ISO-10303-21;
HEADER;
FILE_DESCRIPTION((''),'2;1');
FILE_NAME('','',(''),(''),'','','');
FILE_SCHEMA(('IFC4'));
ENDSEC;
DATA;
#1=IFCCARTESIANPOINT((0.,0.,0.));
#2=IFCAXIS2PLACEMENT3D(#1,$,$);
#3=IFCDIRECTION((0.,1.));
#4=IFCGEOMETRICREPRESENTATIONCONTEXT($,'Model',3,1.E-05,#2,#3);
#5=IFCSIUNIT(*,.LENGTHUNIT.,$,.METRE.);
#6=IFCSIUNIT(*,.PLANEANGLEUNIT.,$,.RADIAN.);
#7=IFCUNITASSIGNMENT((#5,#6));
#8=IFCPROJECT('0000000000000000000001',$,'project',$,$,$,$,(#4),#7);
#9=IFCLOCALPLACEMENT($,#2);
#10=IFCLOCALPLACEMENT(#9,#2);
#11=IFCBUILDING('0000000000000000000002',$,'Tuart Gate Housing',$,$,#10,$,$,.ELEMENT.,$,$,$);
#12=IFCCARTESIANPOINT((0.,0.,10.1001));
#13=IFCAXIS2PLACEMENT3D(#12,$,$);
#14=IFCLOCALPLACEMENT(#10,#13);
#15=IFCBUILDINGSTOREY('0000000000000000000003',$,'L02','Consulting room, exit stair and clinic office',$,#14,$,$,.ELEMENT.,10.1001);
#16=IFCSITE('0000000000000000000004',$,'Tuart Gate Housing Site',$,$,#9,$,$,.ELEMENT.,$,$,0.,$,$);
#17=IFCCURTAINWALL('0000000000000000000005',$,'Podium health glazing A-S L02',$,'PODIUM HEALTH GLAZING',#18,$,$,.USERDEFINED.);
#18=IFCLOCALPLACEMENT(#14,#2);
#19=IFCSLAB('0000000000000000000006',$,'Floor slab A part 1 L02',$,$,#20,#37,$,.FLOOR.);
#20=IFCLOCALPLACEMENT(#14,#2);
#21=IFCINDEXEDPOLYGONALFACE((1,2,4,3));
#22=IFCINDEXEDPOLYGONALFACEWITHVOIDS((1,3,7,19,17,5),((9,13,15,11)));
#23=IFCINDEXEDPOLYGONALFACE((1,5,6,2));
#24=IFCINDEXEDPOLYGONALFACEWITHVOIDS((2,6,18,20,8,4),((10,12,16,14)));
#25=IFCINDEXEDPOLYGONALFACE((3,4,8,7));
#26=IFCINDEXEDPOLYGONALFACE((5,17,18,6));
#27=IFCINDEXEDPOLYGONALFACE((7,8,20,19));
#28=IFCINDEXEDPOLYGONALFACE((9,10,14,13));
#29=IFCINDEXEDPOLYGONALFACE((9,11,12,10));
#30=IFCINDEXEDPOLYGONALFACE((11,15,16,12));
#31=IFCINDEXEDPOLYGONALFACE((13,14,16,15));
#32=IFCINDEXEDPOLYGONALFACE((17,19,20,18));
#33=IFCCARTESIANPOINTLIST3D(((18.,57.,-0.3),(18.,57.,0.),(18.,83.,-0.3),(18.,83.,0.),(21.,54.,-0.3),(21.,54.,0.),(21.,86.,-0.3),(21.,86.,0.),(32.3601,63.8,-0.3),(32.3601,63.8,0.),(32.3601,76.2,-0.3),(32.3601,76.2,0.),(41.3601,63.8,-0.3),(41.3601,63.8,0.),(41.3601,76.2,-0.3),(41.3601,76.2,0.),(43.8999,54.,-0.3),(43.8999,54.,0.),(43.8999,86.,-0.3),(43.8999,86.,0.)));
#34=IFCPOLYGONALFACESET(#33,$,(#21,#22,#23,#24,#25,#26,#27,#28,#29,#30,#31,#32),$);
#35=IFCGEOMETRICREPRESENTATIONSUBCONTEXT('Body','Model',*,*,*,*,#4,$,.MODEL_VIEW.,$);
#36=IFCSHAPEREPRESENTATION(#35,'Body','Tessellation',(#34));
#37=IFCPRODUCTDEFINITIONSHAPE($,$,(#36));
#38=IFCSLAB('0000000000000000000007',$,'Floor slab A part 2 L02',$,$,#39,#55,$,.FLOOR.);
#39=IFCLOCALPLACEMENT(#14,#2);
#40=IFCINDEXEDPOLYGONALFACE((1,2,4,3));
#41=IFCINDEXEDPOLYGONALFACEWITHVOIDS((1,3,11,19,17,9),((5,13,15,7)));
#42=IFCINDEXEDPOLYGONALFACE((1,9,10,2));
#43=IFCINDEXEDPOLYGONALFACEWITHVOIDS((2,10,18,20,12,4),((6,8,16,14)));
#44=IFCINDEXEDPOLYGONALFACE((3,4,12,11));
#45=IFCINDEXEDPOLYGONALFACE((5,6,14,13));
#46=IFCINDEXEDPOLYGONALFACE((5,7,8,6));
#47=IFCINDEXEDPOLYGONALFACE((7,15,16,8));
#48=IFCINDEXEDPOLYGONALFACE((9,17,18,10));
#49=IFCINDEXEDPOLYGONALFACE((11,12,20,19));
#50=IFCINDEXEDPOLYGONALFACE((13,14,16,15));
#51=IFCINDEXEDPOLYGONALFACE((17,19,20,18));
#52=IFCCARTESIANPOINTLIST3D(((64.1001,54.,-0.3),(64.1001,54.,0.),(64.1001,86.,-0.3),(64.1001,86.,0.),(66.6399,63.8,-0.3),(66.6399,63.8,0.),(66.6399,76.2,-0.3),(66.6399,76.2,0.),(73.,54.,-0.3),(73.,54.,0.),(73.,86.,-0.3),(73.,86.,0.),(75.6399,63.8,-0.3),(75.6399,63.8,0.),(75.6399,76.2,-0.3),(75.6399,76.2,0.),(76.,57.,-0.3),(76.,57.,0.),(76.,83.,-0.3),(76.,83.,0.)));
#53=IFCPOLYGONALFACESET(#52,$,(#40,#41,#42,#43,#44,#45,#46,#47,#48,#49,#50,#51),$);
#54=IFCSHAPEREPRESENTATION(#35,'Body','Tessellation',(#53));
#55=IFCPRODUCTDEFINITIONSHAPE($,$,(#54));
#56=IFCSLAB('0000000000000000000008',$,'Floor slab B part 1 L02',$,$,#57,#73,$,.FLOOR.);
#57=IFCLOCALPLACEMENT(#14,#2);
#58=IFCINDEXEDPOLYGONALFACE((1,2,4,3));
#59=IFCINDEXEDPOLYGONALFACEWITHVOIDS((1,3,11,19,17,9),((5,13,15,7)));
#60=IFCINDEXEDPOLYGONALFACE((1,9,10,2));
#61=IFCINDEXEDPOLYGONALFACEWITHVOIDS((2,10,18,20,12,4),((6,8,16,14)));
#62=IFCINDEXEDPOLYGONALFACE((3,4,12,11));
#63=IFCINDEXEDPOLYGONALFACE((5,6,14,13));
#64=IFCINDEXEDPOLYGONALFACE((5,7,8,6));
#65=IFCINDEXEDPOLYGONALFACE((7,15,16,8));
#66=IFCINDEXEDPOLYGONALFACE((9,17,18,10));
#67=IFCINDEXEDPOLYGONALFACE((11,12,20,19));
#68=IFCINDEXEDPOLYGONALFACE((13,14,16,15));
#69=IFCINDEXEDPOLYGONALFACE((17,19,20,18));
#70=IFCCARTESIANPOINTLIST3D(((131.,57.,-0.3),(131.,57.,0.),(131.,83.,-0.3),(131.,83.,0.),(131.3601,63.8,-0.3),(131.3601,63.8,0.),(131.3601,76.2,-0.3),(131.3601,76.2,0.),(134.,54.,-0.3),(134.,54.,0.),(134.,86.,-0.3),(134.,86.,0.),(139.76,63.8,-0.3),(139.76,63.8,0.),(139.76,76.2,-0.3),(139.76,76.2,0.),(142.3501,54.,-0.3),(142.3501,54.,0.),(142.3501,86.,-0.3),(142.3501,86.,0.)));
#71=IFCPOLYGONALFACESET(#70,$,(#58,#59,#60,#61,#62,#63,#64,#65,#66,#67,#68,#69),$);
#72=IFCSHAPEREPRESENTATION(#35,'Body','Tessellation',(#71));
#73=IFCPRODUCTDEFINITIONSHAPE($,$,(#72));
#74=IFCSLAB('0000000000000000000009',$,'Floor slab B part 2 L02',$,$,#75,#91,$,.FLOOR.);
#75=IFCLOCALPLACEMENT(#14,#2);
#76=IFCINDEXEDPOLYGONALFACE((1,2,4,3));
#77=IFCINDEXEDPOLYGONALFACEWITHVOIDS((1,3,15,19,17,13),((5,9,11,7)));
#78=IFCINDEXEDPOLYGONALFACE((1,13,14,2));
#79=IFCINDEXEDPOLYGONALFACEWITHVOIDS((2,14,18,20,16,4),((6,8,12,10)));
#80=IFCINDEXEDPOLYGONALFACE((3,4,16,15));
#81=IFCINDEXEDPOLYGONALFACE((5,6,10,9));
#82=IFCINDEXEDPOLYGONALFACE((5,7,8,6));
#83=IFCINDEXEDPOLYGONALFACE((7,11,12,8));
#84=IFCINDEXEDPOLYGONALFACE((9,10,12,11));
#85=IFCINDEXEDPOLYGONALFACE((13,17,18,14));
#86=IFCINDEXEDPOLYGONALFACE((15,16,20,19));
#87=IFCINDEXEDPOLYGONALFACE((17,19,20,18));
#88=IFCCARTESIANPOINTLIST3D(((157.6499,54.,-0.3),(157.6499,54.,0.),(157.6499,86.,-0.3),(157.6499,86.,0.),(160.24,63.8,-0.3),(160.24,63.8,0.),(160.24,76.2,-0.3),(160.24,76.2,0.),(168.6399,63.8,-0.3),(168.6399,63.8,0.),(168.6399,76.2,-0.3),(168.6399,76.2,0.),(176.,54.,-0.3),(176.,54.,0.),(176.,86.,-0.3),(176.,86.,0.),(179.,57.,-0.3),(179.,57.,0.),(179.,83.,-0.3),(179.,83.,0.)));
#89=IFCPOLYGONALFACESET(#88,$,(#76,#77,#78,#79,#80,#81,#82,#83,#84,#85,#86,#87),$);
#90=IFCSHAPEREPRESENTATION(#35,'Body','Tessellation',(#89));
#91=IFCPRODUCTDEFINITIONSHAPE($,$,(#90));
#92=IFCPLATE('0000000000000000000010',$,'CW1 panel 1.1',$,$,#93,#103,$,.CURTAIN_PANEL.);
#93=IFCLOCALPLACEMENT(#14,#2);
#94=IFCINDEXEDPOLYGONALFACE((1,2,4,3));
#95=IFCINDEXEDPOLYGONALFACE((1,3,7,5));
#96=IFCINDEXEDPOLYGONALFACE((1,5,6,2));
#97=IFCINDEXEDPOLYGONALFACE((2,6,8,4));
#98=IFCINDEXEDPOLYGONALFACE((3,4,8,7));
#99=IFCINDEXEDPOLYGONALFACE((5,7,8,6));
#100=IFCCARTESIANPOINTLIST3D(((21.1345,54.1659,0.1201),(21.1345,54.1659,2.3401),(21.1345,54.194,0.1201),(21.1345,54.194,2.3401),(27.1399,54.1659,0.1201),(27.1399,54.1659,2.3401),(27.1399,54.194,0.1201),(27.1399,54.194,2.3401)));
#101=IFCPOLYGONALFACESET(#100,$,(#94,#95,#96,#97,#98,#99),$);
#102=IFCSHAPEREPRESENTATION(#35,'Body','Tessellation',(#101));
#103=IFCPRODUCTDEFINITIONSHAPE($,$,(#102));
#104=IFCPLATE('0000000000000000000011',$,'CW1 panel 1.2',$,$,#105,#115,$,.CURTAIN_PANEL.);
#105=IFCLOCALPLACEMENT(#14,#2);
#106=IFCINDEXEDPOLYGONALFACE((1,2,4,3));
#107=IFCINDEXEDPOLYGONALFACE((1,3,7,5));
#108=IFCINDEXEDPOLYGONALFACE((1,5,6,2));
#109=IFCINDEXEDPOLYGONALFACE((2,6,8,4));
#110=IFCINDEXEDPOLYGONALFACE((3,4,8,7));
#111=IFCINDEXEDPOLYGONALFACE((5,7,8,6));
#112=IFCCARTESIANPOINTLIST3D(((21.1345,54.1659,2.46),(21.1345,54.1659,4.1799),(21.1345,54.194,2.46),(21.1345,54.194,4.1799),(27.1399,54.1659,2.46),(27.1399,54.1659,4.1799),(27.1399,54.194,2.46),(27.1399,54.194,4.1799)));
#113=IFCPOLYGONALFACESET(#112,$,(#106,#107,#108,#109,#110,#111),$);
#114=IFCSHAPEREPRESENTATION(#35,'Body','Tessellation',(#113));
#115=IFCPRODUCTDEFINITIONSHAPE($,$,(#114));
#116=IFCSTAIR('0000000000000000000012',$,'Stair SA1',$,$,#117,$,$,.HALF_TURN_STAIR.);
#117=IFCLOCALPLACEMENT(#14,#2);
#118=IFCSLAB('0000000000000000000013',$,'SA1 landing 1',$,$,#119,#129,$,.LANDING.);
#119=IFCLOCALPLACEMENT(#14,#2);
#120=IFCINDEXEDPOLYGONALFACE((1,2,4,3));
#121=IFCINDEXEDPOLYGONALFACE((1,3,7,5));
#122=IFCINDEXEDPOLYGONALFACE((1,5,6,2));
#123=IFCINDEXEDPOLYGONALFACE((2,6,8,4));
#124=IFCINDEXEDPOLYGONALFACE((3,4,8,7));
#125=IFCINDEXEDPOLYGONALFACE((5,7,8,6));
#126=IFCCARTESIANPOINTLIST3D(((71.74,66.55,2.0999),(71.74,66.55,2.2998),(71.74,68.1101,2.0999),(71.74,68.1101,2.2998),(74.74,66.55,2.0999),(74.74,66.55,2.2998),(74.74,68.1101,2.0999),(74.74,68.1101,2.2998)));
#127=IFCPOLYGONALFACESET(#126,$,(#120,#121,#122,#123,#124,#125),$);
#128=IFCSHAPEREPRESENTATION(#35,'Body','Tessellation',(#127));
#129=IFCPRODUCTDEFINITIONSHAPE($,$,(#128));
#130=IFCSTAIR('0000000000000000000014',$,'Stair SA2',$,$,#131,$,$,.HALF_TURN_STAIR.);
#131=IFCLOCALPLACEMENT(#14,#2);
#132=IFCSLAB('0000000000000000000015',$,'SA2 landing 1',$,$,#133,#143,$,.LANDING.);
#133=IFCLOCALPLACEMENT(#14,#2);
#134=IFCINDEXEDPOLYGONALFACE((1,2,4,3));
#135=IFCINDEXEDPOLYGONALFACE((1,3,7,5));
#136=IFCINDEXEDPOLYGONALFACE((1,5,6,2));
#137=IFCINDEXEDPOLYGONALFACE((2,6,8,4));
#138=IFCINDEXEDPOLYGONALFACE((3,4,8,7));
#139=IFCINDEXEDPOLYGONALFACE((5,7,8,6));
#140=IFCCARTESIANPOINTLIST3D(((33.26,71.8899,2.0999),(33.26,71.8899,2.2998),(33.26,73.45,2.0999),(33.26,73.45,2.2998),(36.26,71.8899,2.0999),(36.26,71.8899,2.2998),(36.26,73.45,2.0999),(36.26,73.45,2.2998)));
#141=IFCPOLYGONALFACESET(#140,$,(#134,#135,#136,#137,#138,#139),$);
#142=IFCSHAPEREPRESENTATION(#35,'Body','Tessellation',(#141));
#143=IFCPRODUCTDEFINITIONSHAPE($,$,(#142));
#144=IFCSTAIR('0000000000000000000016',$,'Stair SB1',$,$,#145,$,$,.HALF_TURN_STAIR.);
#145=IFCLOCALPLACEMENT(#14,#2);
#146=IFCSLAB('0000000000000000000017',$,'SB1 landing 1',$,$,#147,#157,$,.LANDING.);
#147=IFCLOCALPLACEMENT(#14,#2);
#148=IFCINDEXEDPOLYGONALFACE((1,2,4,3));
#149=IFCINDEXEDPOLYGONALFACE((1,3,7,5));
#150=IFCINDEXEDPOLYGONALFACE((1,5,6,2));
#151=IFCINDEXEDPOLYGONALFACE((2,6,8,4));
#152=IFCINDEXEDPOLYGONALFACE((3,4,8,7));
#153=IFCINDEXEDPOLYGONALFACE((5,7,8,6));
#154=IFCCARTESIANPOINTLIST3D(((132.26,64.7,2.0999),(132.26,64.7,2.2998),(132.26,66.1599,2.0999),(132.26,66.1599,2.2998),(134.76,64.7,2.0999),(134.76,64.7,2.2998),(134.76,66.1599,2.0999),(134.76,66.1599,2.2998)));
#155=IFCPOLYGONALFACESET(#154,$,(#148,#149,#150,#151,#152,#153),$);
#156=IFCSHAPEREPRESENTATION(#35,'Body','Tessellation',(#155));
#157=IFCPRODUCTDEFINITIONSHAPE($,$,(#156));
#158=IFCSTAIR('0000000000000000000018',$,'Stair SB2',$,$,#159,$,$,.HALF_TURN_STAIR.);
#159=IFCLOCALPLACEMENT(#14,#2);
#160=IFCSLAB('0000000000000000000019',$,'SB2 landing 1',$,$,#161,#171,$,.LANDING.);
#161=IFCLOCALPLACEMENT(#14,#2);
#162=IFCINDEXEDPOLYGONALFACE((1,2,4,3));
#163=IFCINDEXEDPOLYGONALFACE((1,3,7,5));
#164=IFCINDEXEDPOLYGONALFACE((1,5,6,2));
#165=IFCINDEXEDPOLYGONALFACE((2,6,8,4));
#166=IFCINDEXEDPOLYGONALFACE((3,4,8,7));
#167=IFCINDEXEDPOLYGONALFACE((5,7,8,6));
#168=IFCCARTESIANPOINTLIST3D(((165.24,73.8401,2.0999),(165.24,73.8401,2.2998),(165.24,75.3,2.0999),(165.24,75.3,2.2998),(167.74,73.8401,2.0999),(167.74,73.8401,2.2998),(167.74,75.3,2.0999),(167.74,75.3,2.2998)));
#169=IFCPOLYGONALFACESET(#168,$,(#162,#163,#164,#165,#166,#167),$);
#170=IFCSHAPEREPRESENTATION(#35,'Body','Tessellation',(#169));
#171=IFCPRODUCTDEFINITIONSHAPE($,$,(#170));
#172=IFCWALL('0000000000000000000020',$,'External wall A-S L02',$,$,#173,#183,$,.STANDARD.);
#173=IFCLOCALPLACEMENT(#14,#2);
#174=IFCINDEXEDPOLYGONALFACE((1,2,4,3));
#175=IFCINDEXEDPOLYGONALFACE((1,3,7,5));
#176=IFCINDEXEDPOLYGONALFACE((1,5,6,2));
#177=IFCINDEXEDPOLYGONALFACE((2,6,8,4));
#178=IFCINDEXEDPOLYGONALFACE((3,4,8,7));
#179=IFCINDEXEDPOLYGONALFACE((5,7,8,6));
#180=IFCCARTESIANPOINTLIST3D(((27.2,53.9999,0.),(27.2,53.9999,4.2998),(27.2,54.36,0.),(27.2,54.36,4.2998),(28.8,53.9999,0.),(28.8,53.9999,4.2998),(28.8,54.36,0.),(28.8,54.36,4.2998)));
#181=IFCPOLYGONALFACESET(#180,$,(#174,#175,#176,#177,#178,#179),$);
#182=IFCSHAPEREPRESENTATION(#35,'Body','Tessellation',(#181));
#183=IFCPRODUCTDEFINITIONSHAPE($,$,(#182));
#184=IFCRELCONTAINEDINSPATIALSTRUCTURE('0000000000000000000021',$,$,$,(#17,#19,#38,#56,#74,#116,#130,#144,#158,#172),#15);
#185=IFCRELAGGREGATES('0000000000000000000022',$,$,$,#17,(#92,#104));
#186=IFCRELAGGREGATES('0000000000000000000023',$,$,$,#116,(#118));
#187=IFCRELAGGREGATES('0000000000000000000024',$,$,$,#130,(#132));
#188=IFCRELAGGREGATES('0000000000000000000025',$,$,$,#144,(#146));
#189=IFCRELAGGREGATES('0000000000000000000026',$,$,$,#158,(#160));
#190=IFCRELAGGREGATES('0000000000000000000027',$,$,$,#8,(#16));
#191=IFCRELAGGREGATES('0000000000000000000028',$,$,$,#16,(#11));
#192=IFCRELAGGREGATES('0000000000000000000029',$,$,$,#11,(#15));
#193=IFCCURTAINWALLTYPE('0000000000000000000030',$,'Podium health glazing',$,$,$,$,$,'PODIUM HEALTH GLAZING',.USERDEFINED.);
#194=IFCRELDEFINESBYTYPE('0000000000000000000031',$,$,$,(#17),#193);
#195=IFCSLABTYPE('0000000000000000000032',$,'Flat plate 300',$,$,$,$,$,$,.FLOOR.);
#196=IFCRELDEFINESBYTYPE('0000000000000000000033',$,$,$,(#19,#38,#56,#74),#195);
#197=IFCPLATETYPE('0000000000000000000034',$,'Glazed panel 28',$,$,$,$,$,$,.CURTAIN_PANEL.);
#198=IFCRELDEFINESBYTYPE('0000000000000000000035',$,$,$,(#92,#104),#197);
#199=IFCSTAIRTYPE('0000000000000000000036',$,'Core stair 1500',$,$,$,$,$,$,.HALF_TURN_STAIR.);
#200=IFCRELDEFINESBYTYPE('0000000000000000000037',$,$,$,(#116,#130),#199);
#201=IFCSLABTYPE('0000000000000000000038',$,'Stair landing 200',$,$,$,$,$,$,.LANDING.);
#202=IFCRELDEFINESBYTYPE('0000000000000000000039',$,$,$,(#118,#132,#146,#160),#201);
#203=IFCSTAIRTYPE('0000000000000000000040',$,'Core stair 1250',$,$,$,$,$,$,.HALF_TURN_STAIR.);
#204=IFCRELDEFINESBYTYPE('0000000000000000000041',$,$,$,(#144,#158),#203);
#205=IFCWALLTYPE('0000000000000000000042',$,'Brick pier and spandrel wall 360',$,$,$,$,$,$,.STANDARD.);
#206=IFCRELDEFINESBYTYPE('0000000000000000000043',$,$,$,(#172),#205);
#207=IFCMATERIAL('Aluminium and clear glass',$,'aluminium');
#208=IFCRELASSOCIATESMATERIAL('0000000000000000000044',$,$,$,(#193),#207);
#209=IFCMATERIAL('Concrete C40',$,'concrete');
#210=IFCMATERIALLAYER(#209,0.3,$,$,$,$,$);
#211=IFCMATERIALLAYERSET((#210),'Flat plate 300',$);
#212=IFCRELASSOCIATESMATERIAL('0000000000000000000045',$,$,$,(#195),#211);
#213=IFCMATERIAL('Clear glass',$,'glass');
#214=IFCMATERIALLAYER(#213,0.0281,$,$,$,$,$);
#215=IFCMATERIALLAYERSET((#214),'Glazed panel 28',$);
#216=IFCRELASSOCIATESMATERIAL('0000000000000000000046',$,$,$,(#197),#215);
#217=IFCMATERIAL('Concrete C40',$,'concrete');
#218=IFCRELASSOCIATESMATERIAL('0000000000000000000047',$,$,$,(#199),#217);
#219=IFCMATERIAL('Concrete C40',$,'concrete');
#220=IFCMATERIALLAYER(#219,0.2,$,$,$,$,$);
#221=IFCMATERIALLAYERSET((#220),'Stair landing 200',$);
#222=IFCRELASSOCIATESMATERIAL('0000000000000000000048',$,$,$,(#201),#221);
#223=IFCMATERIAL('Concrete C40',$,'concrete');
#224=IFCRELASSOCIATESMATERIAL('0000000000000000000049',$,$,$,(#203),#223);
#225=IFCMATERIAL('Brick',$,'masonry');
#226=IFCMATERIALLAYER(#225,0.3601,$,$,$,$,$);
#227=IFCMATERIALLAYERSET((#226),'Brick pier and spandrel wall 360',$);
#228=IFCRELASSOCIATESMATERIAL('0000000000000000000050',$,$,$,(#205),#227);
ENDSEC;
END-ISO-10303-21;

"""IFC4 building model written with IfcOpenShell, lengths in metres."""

from ifc_helpers import new_model, si_unit, direction, frame, frame_2d, origin, origin_2d, place, context, subcontext, project, spatial, polyline, rectangle, outline, extrude, material, layer, layer_set, type_object, element, aggregate, save


model = new_model("IFC4")

# Units and contexts
model_context = context("Model", 3, precision=1e-05, world=origin(), true_north=direction((0.0, 1.0)))
body_context = subcontext(model_context, "Body", "Model", "MODEL_VIEW")
ifc_project = project(units=[si_unit("LENGTHUNIT", "METRE"), si_unit("PLANEANGLEUNIT", "RADIAN")], contexts=[model_context])

# Site, building, storey
site_placement = place(None, origin())
site = spatial("IfcSite", under=ifc_project, at=site_placement, Name="Tuart Gate Housing Site", CompositionType="ELEMENT", RefElevation=0.0)
building_placement = place(site_placement, origin())
building = spatial("IfcBuilding", under=site, at=building_placement, Name="Tuart Gate Housing", CompositionType="ELEMENT")
storey_placement = place(building_placement, frame((0.0, 0.0, 10.1001)))
storey = spatial("IfcBuildingStorey", under=building, at=storey_placement, Name="L02", Description="Consulting room, exit stair and clinic office", CompositionType="ELEMENT", Elevation=10.1001)

# Curtain wall
ifc_material_1 = material(Name="Aluminium and clear glass", Category="aluminium")
curtain_wall_type = type_object("IfcCurtainWallType", Name="Podium health glazing", ElementType="PODIUM HEALTH GLAZING", PredefinedType="USERDEFINED", material=ifc_material_1)
curtain_wall_1_placement = place(storey_placement, origin())
curtain_wall_1 = element("IfcCurtainWall", 1, at=curtain_wall_1_placement, inside=storey, type_object=curtain_wall_type, Name="Podium health glazing A-S L02", ObjectType="PODIUM HEALTH GLAZING", PredefinedType="USERDEFINED")

# Slabs
ifc_material_2 = material(Name="Concrete C40", Category="concrete")
ifc_layer_1 = layer(ifc_material_2, 0.3)
ifc_layer_set_1 = layer_set([ifc_layer_1], Name="Flat plate 300")
slab_type_1 = type_object("IfcSlabType", Name="Flat plate 300", PredefinedType="FLOOR", material=ifc_layer_set_1)
slab_1_placement = place(storey_placement, frame((0.0, 0.0, -0.3)))
element("IfcSlab", 2, at=slab_1_placement, inside=storey, type_object=slab_type_1, Name="Floor slab A part 1 L02", PredefinedType="FLOOR", context=body_context, shape_type="SweptSolid", body=[
    extrude(outline(polyline([(43.8999, 86.0), (21.0, 86.0), (18.0, 83.0), (18.0, 57.0), (21.0, 54.0), (43.8999, 54.0), (43.8999, 86.0)]), holes=[polyline([(32.3601, 76.2), (41.3601, 76.2), (41.3601, 63.8), (32.3601, 63.8), (32.3601, 76.2)])]), origin(), (0.0, 0.0, 1.0), 0.3),
])
slab_2_placement = place(storey_placement, frame((0.0, 0.0, -0.3)))
element("IfcSlab", 3, at=slab_2_placement, inside=storey, type_object=slab_type_1, Name="Floor slab A part 2 L02", PredefinedType="FLOOR", context=body_context, shape_type="SweptSolid", body=[
    extrude(outline(polyline([(73.0, 86.0), (64.1001, 86.0), (64.1001, 54.0), (73.0, 54.0), (76.0, 57.0), (76.0, 83.0), (73.0, 86.0)]), holes=[polyline([(66.6399, 63.8), (66.6399, 76.2), (75.6399, 76.2), (75.6399, 63.8), (66.6399, 63.8)])]), origin(), (0.0, 0.0, 1.0), 0.3),
])
slab_3_placement = place(storey_placement, frame((0.0, 0.0, -0.3)))
element("IfcSlab", 4, at=slab_3_placement, inside=storey, type_object=slab_type_1, Name="Floor slab B part 1 L02", PredefinedType="FLOOR", context=body_context, shape_type="SweptSolid", body=[
    extrude(outline(polyline([(142.3501, 86.0), (134.0, 86.0), (131.0, 83.0), (131.0, 57.0), (134.0, 54.0), (142.3501, 54.0), (142.3501, 86.0)]), holes=[polyline([(131.3601, 63.8), (131.3601, 76.2), (139.76, 76.2), (139.76, 63.8), (131.3601, 63.8)])]), origin(), (0.0, 0.0, 1.0), 0.3),
])
slab_4_placement = place(storey_placement, frame((0.0, 0.0, -0.3)))
element("IfcSlab", 5, at=slab_4_placement, inside=storey, type_object=slab_type_1, Name="Floor slab B part 2 L02", PredefinedType="FLOOR", context=body_context, shape_type="SweptSolid", body=[
    extrude(outline(polyline([(176.0, 86.0), (157.6499, 86.0), (157.6499, 54.0), (176.0, 54.0), (179.0, 57.0), (179.0, 83.0), (176.0, 86.0)]), holes=[polyline([(160.24, 76.2), (168.6399, 76.2), (168.6399, 63.8), (160.24, 63.8), (160.24, 76.2)])]), origin(), (0.0, 0.0, 1.0), 0.3),
])

# Plates
ifc_material_3 = material(Name="Clear glass", Category="glass")
ifc_layer_2 = layer(ifc_material_3, 0.0281)
ifc_layer_set_2 = layer_set([ifc_layer_2], Name="Glazed panel 28")
plate_type = type_object("IfcPlateType", Name="Glazed panel 28", PredefinedType="CURTAIN_PANEL", material=ifc_layer_set_2)
plate_1_placement = place(storey_placement, frame((24.1372, 54.1799, 0.1201), z_axis=(0.0, 0.0, 1.0), x_axis=(1.0, 0.0, 0.0)))
plate_1 = element("IfcPlate", 6, at=plate_1_placement, type_object=plate_type, Name="CW1 panel 1.1", PredefinedType="CURTAIN_PANEL", context=body_context, shape_type="SweptSolid", body=[
    extrude(rectangle(XDim=6.0054, YDim=0.0281, at=origin_2d()), origin(), (0.0, 0.0, 1.0), 2.22),
])
plate_2_placement = place(storey_placement, frame((24.1372, 54.1799, 2.46), z_axis=(0.0, 0.0, 1.0), x_axis=(1.0, 0.0, 0.0)))
plate_2 = element("IfcPlate", 7, at=plate_2_placement, type_object=plate_type, Name="CW1 panel 1.2", PredefinedType="CURTAIN_PANEL", context=body_context, shape_type="SweptSolid", body=[
    extrude(rectangle(XDim=6.0054, YDim=0.0281, at=origin_2d()), origin(), (0.0, 0.0, 1.0), 1.72),
])
aggregate(curtain_wall_1, [plate_1, plate_2])

# Stairs, slabs
ifc_material_4 = material(Name="Concrete C40", Category="concrete")
stair_type_1 = type_object("IfcStairType", Name="Core stair 1500", PredefinedType="HALF_TURN_STAIR", material=ifc_material_4)
stair_1_placement = place(storey_placement, origin())
stair_1 = element("IfcStair", 8, at=stair_1_placement, inside=storey, type_object=stair_type_1, Name="Stair SA1", PredefinedType="HALF_TURN_STAIR")
ifc_material_5 = material(Name="Concrete C40", Category="concrete")
ifc_layer_3 = layer(ifc_material_5, 0.2)
ifc_layer_set_3 = layer_set([ifc_layer_3], Name="Stair landing 200")
slab_type_2 = type_object("IfcSlabType", Name="Stair landing 200", PredefinedType="LANDING", material=ifc_layer_set_3)
slab_5_placement = place(storey_placement, frame((0.0, 0.0, 2.0999)))
slab_5 = element("IfcSlab", 9, at=slab_5_placement, type_object=slab_type_2, Name="SA1 landing 1", PredefinedType="LANDING", context=body_context, shape_type="SweptSolid", body=[
    extrude(outline(polyline([(71.74, 66.55), (74.74, 66.55), (74.74, 68.1101), (71.74, 68.1101), (71.74, 66.55)])), origin(), (0.0, 0.0, 1.0), 0.2),
])
aggregate(stair_1, [slab_5])
stair_2_placement = place(storey_placement, origin())
stair_2 = element("IfcStair", 10, at=stair_2_placement, inside=storey, type_object=stair_type_1, Name="Stair SA2", PredefinedType="HALF_TURN_STAIR")
slab_6_placement = place(storey_placement, frame((0.0, 0.0, 2.0999)))
slab_6 = element("IfcSlab", 11, at=slab_6_placement, type_object=slab_type_2, Name="SA2 landing 1", PredefinedType="LANDING", context=body_context, shape_type="SweptSolid", body=[
    extrude(outline(polyline([(36.26, 73.45), (33.26, 73.45), (33.26, 71.8899), (36.26, 71.8899), (36.26, 73.45)])), origin(), (0.0, 0.0, 1.0), 0.2),
])
aggregate(stair_2, [slab_6])
ifc_material_6 = material(Name="Concrete C40", Category="concrete")
stair_type_2 = type_object("IfcStairType", Name="Core stair 1250", PredefinedType="HALF_TURN_STAIR", material=ifc_material_6)
stair_3_placement = place(storey_placement, origin())
stair_3 = element("IfcStair", 12, at=stair_3_placement, inside=storey, type_object=stair_type_2, Name="Stair SB1", PredefinedType="HALF_TURN_STAIR")
slab_7_placement = place(storey_placement, frame((0.0, 0.0, 2.0999)))
slab_7 = element("IfcSlab", 13, at=slab_7_placement, type_object=slab_type_2, Name="SB1 landing 1", PredefinedType="LANDING", context=body_context, shape_type="SweptSolid", body=[
    extrude(outline(polyline([(134.76, 66.1599), (132.26, 66.1599), (132.26, 64.7), (134.76, 64.7), (134.76, 66.1599)])), origin(), (0.0, 0.0, 1.0), 0.2),
])
aggregate(stair_3, [slab_7])
stair_4_placement = place(storey_placement, origin())
stair_4 = element("IfcStair", 14, at=stair_4_placement, inside=storey, type_object=stair_type_2, Name="Stair SB2", PredefinedType="HALF_TURN_STAIR")
slab_8_placement = place(storey_placement, frame((0.0, 0.0, 2.0999)))
slab_8 = element("IfcSlab", 15, at=slab_8_placement, type_object=slab_type_2, Name="SB2 landing 1", PredefinedType="LANDING", context=body_context, shape_type="SweptSolid", body=[
    extrude(outline(polyline([(165.24, 73.8401), (167.74, 73.8401), (167.74, 75.3), (165.24, 75.3), (165.24, 73.8401)])), origin(), (0.0, 0.0, 1.0), 0.2),
])
aggregate(stair_4, [slab_8])

# Wall
ifc_material_7 = material(Name="Brick", Category="masonry")
ifc_layer_4 = layer(ifc_material_7, 0.3601)
ifc_layer_set_4 = layer_set([ifc_layer_4], Name="Brick pier and spandrel wall 360")
wall_type = type_object("IfcWallType", Name="Brick pier and spandrel wall 360", PredefinedType="STANDARD", material=ifc_layer_set_4)
wall_placement = place(storey_placement, frame((27.2, 54.1799, 0.0), z_axis=(0.0, 0.0, 1.0), x_axis=(1.0, 0.0, 0.0)))
element("IfcWall", 16, at=wall_placement, inside=storey, type_object=wall_type, Name="External wall A-S L02", PredefinedType="STANDARD", context=body_context, shape_type="SweptSolid", body=[
    extrude(rectangle(XDim=1.6001, YDim=0.3601, at=frame_2d((0.8, 0.0))), origin(), (0.0, 0.0, 1.0), 4.2998),
])

save(model, "model.ifc")
